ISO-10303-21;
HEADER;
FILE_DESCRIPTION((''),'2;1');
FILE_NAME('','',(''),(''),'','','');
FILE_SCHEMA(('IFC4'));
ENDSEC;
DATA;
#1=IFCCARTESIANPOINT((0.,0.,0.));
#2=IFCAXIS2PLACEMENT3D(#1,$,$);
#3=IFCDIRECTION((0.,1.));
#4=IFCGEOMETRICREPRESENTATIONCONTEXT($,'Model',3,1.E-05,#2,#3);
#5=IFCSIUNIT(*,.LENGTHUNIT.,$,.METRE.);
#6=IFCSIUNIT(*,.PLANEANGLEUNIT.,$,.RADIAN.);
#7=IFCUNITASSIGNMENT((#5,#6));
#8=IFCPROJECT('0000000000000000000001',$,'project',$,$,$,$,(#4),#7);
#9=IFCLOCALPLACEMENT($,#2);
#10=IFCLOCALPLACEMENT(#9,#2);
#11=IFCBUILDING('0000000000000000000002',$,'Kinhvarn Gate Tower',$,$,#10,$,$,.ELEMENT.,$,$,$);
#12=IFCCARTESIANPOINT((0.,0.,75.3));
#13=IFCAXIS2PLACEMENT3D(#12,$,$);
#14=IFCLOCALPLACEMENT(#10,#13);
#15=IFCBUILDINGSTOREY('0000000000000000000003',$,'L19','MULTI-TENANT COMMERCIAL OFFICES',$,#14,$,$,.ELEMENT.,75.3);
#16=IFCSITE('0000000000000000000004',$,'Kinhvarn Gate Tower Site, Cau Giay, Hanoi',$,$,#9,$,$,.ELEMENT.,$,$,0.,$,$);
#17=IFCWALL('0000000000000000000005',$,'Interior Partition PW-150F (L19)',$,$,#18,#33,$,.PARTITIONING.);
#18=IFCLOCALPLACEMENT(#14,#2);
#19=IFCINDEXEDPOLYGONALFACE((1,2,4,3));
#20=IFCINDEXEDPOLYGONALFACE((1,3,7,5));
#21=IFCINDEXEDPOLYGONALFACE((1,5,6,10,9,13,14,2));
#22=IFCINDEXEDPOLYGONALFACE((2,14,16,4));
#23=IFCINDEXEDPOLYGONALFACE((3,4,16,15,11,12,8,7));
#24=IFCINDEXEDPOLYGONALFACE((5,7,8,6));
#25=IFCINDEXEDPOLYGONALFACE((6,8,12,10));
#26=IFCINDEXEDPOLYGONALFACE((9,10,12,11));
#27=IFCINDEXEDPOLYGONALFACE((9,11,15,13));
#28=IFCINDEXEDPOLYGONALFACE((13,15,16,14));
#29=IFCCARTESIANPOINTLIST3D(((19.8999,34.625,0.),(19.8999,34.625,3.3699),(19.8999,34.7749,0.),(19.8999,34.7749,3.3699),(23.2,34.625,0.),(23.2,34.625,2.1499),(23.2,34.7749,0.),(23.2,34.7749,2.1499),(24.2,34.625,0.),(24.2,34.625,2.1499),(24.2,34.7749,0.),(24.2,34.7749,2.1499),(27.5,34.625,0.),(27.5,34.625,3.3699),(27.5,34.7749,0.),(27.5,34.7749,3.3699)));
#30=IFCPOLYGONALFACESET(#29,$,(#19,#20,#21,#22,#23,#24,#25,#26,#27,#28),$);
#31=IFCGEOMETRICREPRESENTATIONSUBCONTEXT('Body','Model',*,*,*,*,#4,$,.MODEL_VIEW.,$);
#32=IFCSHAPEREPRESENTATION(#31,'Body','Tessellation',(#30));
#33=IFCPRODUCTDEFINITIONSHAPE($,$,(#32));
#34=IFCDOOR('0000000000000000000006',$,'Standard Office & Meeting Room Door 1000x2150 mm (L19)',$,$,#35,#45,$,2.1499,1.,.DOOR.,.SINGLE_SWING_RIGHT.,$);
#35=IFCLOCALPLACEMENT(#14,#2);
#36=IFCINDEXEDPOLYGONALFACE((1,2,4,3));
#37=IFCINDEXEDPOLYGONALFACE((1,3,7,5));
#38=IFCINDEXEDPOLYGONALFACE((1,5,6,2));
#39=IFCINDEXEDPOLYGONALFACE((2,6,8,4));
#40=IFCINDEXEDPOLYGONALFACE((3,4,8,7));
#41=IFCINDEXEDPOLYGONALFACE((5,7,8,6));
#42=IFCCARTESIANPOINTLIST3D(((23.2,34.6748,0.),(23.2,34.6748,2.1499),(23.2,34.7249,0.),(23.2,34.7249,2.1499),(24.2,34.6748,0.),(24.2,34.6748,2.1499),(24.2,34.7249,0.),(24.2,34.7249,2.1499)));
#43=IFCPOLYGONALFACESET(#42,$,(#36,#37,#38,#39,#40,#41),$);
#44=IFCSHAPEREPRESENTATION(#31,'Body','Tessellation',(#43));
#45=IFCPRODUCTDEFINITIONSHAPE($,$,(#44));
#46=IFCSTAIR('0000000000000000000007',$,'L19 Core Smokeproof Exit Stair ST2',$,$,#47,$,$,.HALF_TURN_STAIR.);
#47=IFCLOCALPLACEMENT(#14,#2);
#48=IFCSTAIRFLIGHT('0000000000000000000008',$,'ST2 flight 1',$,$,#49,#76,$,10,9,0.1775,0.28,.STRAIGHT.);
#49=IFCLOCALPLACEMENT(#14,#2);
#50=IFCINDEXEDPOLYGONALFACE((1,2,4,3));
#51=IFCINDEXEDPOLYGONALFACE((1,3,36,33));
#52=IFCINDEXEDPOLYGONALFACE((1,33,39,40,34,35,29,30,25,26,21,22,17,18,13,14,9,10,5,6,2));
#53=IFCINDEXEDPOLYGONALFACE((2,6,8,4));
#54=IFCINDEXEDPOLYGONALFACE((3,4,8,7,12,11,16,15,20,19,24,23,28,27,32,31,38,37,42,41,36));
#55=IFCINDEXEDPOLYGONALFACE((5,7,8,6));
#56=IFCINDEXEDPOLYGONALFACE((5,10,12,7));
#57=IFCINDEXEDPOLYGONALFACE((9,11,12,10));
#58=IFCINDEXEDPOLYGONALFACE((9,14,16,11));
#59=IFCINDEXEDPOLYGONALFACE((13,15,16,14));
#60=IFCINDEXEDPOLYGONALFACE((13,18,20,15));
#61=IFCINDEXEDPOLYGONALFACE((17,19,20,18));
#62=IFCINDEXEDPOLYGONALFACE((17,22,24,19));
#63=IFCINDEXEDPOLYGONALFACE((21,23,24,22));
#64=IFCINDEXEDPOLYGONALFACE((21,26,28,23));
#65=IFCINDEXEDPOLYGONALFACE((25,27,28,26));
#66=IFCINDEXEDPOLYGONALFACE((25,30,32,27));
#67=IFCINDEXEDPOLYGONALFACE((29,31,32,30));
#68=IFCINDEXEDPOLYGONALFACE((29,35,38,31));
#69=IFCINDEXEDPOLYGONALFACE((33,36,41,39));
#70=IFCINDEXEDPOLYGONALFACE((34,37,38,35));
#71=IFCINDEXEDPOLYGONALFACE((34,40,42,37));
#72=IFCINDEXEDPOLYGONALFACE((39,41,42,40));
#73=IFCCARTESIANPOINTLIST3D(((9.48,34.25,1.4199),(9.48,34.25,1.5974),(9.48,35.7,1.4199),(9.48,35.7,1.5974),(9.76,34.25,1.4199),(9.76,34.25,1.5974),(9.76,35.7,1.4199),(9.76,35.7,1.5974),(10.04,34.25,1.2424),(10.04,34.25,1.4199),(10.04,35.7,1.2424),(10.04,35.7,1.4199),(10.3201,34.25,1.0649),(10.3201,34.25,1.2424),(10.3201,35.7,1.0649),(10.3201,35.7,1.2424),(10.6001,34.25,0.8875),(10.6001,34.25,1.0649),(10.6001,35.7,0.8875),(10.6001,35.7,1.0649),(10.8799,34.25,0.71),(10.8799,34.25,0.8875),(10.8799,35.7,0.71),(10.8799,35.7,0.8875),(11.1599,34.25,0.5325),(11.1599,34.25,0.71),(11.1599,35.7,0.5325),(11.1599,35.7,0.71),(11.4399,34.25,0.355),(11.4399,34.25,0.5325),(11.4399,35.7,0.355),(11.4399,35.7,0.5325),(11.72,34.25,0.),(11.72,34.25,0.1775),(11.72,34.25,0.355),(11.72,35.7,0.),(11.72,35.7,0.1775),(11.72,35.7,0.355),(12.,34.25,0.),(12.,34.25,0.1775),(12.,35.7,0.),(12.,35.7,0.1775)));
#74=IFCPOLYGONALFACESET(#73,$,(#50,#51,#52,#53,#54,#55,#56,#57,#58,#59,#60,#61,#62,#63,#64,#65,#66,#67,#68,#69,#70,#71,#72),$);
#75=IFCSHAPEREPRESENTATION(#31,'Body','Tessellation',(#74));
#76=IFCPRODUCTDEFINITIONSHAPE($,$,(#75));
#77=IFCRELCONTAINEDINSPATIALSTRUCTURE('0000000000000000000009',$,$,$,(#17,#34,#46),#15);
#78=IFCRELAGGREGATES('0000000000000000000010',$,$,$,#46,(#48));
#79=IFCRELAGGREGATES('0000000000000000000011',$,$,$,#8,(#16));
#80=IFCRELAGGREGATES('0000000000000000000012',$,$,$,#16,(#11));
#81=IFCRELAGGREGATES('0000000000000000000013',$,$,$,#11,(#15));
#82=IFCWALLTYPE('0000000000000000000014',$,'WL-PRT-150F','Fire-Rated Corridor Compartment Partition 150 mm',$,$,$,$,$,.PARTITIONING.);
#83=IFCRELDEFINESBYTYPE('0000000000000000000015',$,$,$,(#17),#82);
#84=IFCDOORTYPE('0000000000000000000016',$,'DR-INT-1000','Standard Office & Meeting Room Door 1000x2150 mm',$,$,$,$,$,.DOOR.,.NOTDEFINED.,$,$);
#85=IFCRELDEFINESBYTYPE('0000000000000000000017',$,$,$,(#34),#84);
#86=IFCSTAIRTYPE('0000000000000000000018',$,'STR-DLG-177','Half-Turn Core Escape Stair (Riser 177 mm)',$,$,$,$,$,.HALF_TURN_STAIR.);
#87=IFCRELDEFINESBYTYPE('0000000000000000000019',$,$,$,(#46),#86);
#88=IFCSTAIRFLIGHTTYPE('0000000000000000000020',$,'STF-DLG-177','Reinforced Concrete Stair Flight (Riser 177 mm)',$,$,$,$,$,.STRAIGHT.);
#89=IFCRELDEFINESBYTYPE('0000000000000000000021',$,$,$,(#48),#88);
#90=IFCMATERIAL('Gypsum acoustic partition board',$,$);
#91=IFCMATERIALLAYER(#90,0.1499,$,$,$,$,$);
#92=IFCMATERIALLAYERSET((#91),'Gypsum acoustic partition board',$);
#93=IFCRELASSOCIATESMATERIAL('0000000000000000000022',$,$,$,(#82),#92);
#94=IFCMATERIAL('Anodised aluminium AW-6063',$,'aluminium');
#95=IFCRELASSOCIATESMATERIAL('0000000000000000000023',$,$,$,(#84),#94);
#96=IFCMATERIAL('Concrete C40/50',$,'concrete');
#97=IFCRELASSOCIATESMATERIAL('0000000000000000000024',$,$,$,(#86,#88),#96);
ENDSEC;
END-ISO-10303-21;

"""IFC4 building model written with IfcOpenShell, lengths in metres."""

from ifc_helpers import new_model, si_unit, direction, frame, frame_2d, origin, place, context, subcontext, project, spatial, polyline, rectangle, outline, extrude, material, layer, layer_set, type_object, element, fill, aggregate, save


model = new_model("IFC4")

# Units and contexts
model_context = context("Model", 3, precision=1e-05, world=origin(), true_north=direction((0.0, 1.0)))
body_context = subcontext(model_context, "Body", "Model", "MODEL_VIEW")
ifc_project = project(units=[si_unit("LENGTHUNIT", "METRE"), si_unit("PLANEANGLEUNIT", "RADIAN")], contexts=[model_context])

# Site, building, storey
site_placement = place(None, origin())
site = spatial("IfcSite", under=ifc_project, at=site_placement, Name="Kinhvarn Gate Tower Site, Cau Giay, Hanoi", CompositionType="ELEMENT", RefElevation=0.0)
building_placement = place(site_placement, origin())
building = spatial("IfcBuilding", under=site, at=building_placement, Name="Kinhvarn Gate Tower", CompositionType="ELEMENT")
storey_placement = place(building_placement, frame((0.0, 0.0, 75.3)))
storey = spatial("IfcBuildingStorey", under=building, at=storey_placement, Name="L19", Description="MULTI-TENANT COMMERCIAL OFFICES", CompositionType="ELEMENT", Elevation=75.3)

# Shared definitions
ifc_material_1 = material(Name="Anodised aluminium AW-6063", Category="aluminium")

# Shared definitions
ifc_material_2 = material(Name="Gypsum acoustic partition board")
ifc_layer_1 = layer(ifc_material_2, 0.1499)
ifc_layer_set_1 = layer_set([ifc_layer_1], Name="Gypsum acoustic partition board")
wall_type_1 = type_object("IfcWallType", Name="WL-PRT-150F", Description="Fire-Rated Corridor Compartment Partition 150 mm", PredefinedType="PARTITIONING", material=ifc_layer_set_1)

# Wall, opening, door
wall_1_placement = place(storey_placement, frame((19.8999, 34.7, 0.0), z_axis=(0.0, 0.0, 1.0), x_axis=(1.0, 0.0, 0.0)))
wall_1 = element("IfcWall", 1, at=wall_1_placement, inside=storey, type_object=wall_type_1, Name="Interior Partition PW-150F (L19)", PredefinedType="PARTITIONING", context=body_context, shape_type="SweptSolid", body=[
    extrude(rectangle(XDim=7.6001, YDim=0.1499, at=frame_2d((3.8, 0.0))), origin(), (0.0, 0.0, 1.0), 3.3699),
])
opening_1_placement = place(wall_1_placement, frame((3.3, 0.0, 0.0)))
opening_1 = element("IfcOpeningElement", 2, at=opening_1_placement, cuts=wall_1, PredefinedType="OPENING", context=body_context, shape_type="SweptSolid", body=[
    extrude(rectangle(XDim=1.0, YDim=2.1499, at=frame_2d((0.5, 1.075))), frame((0.0, 0.085, 0.0), z_axis=(0.0, -1.0, 0.0), x_axis=(1.0, 0.0, 0.0)), (0.0, 0.0, 1.0), 0.1699),
])
door_type_1 = type_object("IfcDoorType", Name="DR-INT-1000", Description="Standard Office & Meeting Room Door 1000x2150 mm", OperationType="NOTDEFINED", PredefinedType="DOOR", material=ifc_material_1)
door_1_placement = place(opening_1_placement, origin())
door_1 = element("IfcDoor", 3, at=door_1_placement, inside=storey, type_object=door_type_1, Name="Standard Office & Meeting Room Door 1000x2150 mm (L19)", OperationType="SINGLE_SWING_RIGHT", OverallHeight=2.1499, OverallWidth=1.0, PredefinedType="DOOR", context=body_context, shape_type="SweptSolid", body=[
    extrude(rectangle(XDim=1.0, YDim=2.1499, at=frame_2d((0.5, 1.075))), frame((0.0, 0.0249, 0.0), z_axis=(0.0, -1.0, 0.0), x_axis=(1.0, 0.0, 0.0)), (0.0, 0.0, 1.0), 0.05),
])
fill(opening_1, door_1)
ifc_material_3 = material(Name="Concrete C40/50", Category="concrete")

# Stair, stair flight
stair_type = type_object("IfcStairType", Name="STR-DLG-177", Description="Half-Turn Core Escape Stair (Riser 177 mm)", PredefinedType="HALF_TURN_STAIR", material=ifc_material_3)
stair_placement = place(storey_placement, origin())
stair = element("IfcStair", 4, at=stair_placement, inside=storey, type_object=stair_type, Name="L19 Core Smokeproof Exit Stair ST2", PredefinedType="HALF_TURN_STAIR")
stair_flight_type = type_object("IfcStairFlightType", Name="STF-DLG-177", Description="Reinforced Concrete Stair Flight (Riser 177 mm)", PredefinedType="STRAIGHT", material=ifc_material_3)
stair_flight_placement = place(storey_placement, frame((12.0, 34.9751, 0.0), z_axis=(0.0, 0.0, 1.0), x_axis=(-1.0, 0.0, 0.0)))
stair_flight = element("IfcStairFlight", 5, at=stair_flight_placement, type_object=stair_flight_type, Name="ST2 flight 1", NumberOfRisers=10, NumberOfTreads=9, PredefinedType="STRAIGHT", RiserHeight=0.1775, TreadLength=0.28, context=body_context, shape_type="SweptSolid", body=[
    extrude(outline(polyline([(0.0, 0.0), (0.0, 0.1775), (0.28, 0.1775), (0.28, 0.355), (0.5601, 0.355), (0.5601, 0.5325), (0.8401, 0.5325), (0.8401, 0.71), (1.1201, 0.71), (1.1201, 0.8875), (1.3999, 0.8875), (1.3999, 1.0649), (1.6799, 1.0649), (1.6799, 1.2424), (1.96, 1.2424), (1.96, 1.4199), (2.24, 1.4199), (2.24, 1.5974), (2.52, 1.5974), (2.52, 1.7749), (2.52, 1.4199), (0.28, 0.0), (0.0, 0.0)])), frame((0.0, 0.7251, 0.0), z_axis=(0.0, -1.0, 0.0), x_axis=(1.0, 0.0, 0.0)), (0.0, 0.0, 1.0), 1.45),
])
aggregate(stair, [stair_flight])

save(model, "model.ifc")
